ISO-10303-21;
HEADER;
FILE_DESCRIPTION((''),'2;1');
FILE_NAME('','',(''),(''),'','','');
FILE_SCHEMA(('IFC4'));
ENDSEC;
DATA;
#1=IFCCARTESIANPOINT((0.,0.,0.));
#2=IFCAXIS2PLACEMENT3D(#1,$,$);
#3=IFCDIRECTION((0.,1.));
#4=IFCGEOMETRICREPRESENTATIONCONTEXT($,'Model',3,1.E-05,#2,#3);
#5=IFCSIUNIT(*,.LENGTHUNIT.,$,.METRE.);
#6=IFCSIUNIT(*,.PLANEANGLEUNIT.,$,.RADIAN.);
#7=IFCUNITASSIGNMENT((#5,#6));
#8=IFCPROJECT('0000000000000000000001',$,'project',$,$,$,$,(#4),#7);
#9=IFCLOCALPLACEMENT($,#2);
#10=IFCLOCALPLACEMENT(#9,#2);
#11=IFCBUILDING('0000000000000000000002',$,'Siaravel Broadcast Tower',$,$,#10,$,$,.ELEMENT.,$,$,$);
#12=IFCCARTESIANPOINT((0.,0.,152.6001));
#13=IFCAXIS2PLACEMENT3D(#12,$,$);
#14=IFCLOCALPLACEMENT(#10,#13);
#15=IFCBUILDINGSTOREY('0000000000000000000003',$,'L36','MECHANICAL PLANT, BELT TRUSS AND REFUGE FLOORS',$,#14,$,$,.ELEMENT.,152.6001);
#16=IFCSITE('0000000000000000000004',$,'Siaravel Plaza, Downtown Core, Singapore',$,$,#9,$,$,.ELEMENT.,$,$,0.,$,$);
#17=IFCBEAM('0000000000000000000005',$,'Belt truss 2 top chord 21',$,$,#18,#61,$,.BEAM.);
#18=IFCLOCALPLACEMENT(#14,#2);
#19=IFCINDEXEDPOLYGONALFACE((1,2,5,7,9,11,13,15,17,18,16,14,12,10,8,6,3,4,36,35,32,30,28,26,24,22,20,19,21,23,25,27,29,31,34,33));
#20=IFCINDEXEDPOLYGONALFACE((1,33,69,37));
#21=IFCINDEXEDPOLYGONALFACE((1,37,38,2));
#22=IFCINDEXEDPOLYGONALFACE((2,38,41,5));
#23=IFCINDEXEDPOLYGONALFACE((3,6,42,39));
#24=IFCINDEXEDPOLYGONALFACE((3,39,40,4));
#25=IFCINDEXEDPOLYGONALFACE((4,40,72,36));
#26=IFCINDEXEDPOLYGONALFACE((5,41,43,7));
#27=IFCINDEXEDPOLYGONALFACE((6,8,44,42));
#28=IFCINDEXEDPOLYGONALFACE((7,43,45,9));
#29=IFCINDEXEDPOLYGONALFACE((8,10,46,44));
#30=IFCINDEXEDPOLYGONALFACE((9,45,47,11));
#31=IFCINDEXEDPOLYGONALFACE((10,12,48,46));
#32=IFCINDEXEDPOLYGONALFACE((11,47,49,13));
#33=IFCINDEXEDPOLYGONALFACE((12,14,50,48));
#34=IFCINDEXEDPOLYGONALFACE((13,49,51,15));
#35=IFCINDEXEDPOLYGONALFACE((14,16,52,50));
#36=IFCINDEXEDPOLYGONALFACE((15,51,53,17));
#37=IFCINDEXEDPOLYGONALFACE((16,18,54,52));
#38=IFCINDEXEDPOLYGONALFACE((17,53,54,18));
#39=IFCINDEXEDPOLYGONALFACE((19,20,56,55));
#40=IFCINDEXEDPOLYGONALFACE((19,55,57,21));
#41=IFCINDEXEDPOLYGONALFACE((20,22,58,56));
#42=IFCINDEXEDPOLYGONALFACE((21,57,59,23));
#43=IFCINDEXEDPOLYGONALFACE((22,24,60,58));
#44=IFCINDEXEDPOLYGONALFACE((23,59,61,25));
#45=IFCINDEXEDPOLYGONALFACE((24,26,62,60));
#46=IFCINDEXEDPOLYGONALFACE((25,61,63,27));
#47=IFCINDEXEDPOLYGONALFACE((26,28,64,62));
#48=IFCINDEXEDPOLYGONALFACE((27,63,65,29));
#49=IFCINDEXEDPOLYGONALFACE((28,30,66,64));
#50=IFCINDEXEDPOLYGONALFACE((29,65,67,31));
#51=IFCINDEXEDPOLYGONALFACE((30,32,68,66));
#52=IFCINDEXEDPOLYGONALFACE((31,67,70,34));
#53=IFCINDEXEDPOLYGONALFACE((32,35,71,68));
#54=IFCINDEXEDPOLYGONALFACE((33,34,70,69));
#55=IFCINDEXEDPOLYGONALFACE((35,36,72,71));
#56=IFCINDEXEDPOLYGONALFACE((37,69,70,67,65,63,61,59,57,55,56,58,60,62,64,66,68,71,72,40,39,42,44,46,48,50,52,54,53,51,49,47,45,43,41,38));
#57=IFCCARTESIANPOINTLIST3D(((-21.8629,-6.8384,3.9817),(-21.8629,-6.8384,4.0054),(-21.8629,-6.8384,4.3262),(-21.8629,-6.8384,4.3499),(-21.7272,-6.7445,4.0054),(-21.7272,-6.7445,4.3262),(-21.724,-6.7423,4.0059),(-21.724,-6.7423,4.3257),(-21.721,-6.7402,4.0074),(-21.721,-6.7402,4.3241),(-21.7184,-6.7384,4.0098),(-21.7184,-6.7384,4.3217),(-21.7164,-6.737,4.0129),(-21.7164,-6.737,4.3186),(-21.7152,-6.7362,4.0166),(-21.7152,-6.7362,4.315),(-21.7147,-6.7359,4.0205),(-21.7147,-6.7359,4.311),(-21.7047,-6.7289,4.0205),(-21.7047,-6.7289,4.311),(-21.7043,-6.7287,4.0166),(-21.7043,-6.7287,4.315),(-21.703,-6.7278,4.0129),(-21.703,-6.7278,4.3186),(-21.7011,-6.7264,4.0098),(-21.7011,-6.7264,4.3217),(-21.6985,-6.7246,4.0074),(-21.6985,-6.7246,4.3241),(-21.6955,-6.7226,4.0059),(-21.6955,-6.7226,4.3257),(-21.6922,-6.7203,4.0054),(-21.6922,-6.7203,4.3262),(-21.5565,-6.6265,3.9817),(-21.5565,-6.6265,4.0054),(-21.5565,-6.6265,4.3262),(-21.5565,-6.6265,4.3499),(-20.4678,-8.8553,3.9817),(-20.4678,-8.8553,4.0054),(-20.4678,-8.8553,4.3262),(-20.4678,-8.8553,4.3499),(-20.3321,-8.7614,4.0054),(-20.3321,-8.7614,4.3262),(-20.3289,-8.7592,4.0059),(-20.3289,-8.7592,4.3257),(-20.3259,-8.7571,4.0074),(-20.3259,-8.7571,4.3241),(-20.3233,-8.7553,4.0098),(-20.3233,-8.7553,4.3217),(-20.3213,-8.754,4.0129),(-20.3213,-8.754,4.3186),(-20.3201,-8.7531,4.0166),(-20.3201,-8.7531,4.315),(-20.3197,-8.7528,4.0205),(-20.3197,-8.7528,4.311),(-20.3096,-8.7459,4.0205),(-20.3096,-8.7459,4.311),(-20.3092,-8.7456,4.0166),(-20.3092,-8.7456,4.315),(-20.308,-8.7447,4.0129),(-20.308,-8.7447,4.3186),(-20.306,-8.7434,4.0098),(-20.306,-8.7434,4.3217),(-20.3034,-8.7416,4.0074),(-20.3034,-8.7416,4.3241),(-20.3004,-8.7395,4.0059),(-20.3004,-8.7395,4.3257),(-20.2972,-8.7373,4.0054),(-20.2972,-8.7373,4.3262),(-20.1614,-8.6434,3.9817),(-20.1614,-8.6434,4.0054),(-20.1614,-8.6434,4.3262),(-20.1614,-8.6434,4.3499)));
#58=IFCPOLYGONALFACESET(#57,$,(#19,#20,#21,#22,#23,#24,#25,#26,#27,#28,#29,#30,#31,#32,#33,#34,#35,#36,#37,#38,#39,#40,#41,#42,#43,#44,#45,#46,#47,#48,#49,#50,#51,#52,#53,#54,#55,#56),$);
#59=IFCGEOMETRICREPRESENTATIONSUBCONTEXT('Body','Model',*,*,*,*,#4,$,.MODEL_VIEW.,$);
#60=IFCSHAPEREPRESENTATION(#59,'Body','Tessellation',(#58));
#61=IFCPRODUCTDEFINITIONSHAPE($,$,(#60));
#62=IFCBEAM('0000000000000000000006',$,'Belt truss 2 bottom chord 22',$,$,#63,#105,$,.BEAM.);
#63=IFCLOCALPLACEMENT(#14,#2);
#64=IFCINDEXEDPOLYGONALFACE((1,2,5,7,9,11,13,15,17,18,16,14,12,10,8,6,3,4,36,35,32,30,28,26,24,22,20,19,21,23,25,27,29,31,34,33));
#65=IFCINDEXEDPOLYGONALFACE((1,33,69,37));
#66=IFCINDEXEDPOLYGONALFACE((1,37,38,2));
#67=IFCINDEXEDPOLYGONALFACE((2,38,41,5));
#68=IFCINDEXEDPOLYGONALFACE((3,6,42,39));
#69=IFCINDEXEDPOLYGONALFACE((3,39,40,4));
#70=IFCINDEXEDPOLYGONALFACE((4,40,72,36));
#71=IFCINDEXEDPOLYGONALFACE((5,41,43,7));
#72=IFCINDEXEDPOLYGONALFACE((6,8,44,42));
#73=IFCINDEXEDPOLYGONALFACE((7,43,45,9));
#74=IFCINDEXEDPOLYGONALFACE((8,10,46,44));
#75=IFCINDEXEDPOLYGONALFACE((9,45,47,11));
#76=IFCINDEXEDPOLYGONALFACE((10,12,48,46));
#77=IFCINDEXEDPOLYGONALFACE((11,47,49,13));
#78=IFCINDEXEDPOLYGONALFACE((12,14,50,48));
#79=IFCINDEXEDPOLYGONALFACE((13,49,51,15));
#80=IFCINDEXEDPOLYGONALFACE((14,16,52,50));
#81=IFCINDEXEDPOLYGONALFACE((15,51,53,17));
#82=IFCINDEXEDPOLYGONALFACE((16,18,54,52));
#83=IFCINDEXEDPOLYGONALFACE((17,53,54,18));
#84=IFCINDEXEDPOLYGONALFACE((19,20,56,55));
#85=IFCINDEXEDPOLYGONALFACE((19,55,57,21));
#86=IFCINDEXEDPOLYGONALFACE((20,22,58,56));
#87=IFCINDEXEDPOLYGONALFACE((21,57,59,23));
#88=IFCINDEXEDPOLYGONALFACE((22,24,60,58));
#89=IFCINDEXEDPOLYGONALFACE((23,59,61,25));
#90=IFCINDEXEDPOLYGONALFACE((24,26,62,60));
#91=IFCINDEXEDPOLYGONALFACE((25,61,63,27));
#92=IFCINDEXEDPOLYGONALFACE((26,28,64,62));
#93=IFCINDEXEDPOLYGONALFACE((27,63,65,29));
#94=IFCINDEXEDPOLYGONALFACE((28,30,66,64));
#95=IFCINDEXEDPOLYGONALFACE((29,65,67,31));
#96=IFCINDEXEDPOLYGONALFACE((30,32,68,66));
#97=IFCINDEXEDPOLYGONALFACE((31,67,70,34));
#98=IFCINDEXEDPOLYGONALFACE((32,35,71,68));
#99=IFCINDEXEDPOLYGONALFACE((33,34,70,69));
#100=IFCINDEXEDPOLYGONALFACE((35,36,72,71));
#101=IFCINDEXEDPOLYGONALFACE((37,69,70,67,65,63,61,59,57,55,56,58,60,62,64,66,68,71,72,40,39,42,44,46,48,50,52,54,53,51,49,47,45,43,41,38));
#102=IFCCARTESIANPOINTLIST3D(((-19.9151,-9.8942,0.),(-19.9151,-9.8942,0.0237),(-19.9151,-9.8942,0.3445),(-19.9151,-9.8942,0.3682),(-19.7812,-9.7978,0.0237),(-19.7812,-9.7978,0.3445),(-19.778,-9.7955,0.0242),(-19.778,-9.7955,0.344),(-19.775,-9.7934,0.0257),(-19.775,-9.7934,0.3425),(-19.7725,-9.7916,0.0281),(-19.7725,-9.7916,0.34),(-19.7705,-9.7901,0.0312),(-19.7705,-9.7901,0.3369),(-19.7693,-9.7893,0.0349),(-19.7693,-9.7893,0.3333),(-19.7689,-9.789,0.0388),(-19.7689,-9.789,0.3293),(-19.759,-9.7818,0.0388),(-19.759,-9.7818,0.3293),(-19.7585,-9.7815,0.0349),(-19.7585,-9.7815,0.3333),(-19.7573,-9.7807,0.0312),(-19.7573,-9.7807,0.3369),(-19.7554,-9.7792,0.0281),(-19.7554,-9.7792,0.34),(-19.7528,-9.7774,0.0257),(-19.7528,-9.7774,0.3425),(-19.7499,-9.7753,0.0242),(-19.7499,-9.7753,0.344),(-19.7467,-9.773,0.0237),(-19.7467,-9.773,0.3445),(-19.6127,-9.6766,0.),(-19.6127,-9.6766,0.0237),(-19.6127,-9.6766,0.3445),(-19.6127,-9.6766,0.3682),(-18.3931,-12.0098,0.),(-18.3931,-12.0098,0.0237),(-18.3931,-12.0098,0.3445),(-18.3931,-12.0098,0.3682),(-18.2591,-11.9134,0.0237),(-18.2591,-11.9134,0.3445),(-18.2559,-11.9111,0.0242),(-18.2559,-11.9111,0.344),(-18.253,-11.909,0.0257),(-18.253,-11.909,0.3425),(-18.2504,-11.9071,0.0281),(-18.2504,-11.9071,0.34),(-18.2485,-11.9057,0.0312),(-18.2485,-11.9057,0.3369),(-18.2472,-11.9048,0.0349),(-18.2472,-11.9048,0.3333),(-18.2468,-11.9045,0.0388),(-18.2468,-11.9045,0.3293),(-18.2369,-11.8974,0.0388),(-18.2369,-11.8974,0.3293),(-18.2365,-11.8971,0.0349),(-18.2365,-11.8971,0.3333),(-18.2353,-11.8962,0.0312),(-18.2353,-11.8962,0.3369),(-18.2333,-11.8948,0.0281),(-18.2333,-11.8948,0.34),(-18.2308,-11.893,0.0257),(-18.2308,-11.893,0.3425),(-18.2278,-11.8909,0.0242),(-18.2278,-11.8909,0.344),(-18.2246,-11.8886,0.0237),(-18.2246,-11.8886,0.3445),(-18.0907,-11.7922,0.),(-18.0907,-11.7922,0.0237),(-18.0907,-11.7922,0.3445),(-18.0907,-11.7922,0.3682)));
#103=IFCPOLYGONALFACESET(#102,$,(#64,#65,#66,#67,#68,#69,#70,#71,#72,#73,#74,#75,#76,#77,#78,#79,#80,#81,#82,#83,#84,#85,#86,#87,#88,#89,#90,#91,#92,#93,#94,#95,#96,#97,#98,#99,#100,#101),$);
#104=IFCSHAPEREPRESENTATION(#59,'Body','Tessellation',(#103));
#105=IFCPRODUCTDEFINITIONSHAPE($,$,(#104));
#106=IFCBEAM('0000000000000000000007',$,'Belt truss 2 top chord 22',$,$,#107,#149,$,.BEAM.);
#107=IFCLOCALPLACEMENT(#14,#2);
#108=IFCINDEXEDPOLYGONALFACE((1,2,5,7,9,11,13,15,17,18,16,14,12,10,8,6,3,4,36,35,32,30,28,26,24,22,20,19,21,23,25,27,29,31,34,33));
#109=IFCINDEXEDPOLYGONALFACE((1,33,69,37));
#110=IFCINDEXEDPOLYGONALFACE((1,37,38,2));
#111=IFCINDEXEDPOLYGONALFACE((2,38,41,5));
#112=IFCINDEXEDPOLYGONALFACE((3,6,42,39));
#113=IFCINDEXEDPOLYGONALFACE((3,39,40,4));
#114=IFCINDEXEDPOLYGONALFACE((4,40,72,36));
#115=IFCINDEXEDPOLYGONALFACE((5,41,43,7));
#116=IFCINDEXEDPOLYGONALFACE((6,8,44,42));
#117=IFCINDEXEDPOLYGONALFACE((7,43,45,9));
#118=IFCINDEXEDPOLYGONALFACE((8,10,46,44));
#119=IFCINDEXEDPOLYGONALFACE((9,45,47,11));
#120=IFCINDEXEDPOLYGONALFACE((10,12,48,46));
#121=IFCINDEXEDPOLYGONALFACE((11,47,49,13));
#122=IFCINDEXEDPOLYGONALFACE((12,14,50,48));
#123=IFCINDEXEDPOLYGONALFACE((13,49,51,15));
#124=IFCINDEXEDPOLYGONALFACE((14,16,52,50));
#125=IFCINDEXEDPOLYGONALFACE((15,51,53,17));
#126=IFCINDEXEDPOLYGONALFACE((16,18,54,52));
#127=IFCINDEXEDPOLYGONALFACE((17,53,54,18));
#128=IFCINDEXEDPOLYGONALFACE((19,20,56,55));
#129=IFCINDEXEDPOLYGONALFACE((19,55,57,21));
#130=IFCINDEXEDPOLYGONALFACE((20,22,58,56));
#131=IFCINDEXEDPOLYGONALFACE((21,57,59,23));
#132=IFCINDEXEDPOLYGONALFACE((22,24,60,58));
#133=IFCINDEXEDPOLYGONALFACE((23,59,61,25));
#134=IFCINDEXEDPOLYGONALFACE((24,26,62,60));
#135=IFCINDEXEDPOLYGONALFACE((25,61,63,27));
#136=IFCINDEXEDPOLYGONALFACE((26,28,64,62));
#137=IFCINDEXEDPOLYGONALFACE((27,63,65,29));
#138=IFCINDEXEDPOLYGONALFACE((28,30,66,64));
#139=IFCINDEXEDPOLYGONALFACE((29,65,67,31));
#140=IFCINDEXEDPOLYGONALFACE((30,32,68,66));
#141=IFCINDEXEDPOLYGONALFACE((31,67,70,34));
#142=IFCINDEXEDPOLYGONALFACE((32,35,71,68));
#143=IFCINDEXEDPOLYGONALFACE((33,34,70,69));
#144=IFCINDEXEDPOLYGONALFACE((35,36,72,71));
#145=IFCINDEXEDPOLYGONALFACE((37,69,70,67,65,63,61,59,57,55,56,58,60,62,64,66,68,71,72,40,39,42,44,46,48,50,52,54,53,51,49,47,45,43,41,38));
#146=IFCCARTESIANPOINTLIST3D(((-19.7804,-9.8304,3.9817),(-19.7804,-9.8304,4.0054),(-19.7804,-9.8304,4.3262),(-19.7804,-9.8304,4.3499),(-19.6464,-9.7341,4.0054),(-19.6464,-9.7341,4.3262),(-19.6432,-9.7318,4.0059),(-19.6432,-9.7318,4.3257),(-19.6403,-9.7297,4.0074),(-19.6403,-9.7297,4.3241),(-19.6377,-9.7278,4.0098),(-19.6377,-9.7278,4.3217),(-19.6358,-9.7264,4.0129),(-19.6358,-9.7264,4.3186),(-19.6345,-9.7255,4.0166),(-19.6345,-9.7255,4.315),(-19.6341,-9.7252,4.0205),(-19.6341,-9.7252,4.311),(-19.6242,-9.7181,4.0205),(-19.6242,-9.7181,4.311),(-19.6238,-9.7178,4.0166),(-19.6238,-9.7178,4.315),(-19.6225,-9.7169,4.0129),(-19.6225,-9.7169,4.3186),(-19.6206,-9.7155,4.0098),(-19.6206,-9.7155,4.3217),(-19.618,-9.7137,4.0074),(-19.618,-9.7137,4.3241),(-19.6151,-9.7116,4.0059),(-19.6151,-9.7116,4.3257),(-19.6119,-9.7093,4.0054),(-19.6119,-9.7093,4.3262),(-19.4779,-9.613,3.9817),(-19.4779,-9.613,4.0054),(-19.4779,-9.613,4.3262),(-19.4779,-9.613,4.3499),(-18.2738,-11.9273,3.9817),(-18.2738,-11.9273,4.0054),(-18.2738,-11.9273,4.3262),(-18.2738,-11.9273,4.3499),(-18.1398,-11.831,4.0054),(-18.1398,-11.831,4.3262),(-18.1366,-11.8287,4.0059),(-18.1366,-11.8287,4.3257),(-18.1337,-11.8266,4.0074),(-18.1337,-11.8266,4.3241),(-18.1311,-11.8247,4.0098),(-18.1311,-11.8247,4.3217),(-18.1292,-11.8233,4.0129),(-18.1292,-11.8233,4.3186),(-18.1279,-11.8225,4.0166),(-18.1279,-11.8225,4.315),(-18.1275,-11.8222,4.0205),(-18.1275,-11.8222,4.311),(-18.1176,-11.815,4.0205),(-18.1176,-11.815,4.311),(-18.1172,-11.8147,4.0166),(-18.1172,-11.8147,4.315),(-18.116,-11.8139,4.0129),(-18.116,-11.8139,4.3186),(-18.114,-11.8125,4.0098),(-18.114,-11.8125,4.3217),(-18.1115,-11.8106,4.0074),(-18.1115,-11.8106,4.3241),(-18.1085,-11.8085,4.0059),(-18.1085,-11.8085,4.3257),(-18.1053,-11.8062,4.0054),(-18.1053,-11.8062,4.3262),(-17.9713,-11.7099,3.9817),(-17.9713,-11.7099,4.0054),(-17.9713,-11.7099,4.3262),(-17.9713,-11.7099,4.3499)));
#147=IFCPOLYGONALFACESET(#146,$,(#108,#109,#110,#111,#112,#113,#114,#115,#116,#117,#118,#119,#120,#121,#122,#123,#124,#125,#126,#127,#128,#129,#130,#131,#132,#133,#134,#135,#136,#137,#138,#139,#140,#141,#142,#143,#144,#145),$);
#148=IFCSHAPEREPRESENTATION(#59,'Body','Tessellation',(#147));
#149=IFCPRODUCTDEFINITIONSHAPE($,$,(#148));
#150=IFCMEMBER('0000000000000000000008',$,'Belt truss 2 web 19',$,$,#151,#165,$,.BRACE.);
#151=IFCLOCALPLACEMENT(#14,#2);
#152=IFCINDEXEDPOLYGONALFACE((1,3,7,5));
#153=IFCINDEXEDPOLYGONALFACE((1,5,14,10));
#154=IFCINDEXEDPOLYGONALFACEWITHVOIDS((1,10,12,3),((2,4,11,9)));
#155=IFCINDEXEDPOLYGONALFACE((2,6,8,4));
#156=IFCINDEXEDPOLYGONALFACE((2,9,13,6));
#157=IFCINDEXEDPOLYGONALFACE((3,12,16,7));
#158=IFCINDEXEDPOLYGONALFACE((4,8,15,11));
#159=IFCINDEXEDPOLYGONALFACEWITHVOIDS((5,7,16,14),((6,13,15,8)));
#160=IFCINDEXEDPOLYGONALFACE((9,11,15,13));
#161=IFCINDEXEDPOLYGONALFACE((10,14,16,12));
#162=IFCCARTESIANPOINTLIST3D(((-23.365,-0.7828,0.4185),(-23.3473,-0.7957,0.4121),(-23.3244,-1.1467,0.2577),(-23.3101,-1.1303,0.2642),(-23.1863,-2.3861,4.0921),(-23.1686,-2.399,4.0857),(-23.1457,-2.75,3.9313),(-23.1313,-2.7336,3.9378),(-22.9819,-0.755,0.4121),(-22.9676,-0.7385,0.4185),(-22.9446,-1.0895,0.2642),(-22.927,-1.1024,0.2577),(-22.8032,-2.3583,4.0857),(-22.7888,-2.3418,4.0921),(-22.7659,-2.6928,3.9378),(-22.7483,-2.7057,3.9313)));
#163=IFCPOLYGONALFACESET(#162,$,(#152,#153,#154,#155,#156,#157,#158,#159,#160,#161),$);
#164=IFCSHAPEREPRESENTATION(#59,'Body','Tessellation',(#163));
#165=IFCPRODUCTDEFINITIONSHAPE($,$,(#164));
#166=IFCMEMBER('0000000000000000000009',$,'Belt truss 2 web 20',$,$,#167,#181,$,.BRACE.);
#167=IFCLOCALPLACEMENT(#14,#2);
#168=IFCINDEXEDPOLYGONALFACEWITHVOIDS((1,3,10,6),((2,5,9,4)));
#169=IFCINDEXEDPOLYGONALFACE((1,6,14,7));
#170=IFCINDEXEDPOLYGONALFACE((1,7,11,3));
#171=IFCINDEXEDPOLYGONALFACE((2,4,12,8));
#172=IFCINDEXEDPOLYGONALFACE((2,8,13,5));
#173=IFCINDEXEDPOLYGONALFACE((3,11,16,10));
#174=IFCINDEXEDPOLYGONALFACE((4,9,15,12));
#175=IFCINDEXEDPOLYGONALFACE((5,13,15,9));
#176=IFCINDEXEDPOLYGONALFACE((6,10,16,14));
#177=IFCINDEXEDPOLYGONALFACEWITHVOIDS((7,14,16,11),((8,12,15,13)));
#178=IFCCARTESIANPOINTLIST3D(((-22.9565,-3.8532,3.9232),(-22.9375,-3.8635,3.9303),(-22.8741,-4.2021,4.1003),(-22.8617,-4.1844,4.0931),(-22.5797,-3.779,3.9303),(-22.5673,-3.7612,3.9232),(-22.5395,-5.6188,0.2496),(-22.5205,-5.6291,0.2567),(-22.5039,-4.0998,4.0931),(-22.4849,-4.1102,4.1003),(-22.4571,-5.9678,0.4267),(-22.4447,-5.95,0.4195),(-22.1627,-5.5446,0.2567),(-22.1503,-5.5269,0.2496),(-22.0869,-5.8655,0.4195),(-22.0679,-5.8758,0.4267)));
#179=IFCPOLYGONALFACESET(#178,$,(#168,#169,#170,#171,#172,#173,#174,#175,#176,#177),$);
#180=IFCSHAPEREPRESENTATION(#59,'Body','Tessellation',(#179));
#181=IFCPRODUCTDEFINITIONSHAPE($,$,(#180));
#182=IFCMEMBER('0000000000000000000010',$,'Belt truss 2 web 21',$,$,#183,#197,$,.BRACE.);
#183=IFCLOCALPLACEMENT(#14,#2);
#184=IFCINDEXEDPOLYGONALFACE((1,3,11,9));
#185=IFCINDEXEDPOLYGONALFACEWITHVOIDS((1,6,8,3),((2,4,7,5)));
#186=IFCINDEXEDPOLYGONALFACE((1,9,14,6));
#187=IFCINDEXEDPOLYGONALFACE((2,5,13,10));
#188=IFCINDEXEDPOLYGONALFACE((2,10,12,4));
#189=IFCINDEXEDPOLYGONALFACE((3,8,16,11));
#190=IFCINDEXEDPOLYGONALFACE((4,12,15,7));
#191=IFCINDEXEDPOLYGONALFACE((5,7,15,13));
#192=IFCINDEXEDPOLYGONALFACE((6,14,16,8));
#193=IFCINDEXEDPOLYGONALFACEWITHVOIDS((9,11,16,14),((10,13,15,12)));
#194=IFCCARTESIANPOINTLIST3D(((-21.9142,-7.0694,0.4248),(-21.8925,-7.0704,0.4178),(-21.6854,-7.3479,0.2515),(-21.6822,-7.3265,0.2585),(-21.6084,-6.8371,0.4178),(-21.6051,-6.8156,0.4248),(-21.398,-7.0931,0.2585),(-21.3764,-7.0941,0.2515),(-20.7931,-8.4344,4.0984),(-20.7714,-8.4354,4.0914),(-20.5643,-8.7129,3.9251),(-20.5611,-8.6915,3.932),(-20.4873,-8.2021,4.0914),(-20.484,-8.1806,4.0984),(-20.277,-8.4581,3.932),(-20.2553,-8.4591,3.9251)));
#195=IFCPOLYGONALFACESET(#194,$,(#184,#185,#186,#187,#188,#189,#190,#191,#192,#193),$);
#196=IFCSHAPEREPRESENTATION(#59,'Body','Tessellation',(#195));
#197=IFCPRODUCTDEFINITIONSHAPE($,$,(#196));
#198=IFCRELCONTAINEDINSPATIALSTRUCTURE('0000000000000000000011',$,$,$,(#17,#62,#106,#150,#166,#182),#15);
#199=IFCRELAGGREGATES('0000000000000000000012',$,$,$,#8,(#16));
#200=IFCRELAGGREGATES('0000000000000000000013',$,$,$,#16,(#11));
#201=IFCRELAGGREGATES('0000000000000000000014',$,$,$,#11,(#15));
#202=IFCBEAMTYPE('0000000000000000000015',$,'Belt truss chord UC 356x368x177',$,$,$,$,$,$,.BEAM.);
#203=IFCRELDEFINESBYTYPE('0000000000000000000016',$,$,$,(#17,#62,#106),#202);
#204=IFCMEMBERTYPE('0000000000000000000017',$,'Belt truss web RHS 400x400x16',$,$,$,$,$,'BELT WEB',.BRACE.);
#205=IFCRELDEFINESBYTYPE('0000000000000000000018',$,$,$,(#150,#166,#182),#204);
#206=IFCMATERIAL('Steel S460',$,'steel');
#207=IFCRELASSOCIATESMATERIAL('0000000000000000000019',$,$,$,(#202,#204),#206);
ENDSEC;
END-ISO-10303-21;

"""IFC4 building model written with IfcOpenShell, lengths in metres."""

from ifc_helpers import new_model, si_unit, direction, frame, origin, origin_2d, place, context, subcontext, project, spatial, hollow_rectangle, i_section, extrude, material, material_profile, profile_set, type_object, element, save


model = new_model("IFC4")

# Units and contexts
model_context = context("Model", 3, precision=1e-05, world=origin(), true_north=direction((0.0, 1.0)))
body_context = subcontext(model_context, "Body", "Model", "MODEL_VIEW")
ifc_project = project(units=[si_unit("LENGTHUNIT", "METRE"), si_unit("PLANEANGLEUNIT", "RADIAN")], contexts=[model_context])

# Site, building, storey
site_placement = place(None, origin())
site = spatial("IfcSite", under=ifc_project, at=site_placement, Name="Siaravel Plaza, Downtown Core, Singapore", CompositionType="ELEMENT", RefElevation=0.0)
building_placement = place(site_placement, origin())
building = spatial("IfcBuilding", under=site, at=building_placement, Name="Siaravel Broadcast Tower", CompositionType="ELEMENT")
storey_placement = place(building_placement, frame((0.0, 0.0, 152.6001)))
storey = spatial("IfcBuildingStorey", under=building, at=storey_placement, Name="L36", Description="MECHANICAL PLANT, BELT TRUSS AND REFUGE FLOORS", CompositionType="ELEMENT", Elevation=152.6001)

# Beams
ifc_material_1 = material(Name="Steel S460", Category="steel")
ifc_material_profile_1 = material_profile(ifc_material_1, i_section(OverallWidth=0.3726, OverallDepth=0.3682, WebThickness=0.0122, FlangeThickness=0.0237, FilletRadius=0.0151, at=origin_2d()))
ifc_profile_set_1 = profile_set([ifc_material_profile_1], Name="Steel S460")
beam_type_1 = type_object("IfcBeamType", Name="Belt truss chord UC 356x368x177", PredefinedType="BEAM", material=ifc_profile_set_1)
beam_1_placement = place(storey_placement, frame((-21.7097, -6.7324, 4.1658), z_axis=(0.568863, -0.822432, 0.0), x_axis=(0.822432, 0.568863, 0.0)))
element("IfcBeam", 1, at=beam_1_placement, inside=storey, type_object=beam_type_1, Name="Belt truss 2 top chord 21", PredefinedType="BEAM", context=body_context, shape_type="SweptSolid", body=[
    extrude(i_section(OverallWidth=0.3726, OverallDepth=0.3682, WebThickness=0.0122, FlangeThickness=0.0237, FilletRadius=0.0151, at=origin_2d()), origin(), (0.0, 0.0, 1.0), 2.4524),
])
beam_2_placement = place(storey_placement, frame((-19.7639, -9.7854, 0.1841), z_axis=(0.584009, -0.811748, 0.0), x_axis=(0.811748, 0.584009, 0.0)))
element("IfcBeam", 2, at=beam_2_placement, inside=storey, type_object=beam_type_1, Name="Belt truss 2 bottom chord 22", PredefinedType="BEAM", context=body_context, shape_type="SweptSolid", body=[
    extrude(i_section(OverallWidth=0.3726, OverallDepth=0.3682, WebThickness=0.0122, FlangeThickness=0.0237, FilletRadius=0.0151, at=origin_2d()), origin(), (0.0, 0.0, 1.0), 2.6062),
])
beam_3_placement = place(storey_placement, frame((-19.6292, -9.7217, 4.1658), z_axis=(0.58349, -0.81212, 0.0), x_axis=(0.81212, 0.58349, 0.0)))
element("IfcBeam", 3, at=beam_3_placement, inside=storey, type_object=beam_type_1, Name="Belt truss 2 top chord 22", PredefinedType="BEAM", context=body_context, shape_type="SweptSolid", body=[
    extrude(i_section(OverallWidth=0.3726, OverallDepth=0.3682, WebThickness=0.0122, FlangeThickness=0.0237, FilletRadius=0.0151, at=origin_2d()), origin(), (0.0, 0.0, 1.0), 2.582),
])

# Members
ifc_material_profile_2 = material_profile(ifc_material_1, hollow_rectangle(XDim=0.3999, YDim=0.3999, WallThickness=0.0161, at=origin_2d()))
ifc_profile_set_2 = profile_set([ifc_material_profile_2], Name="Steel S460")
member_type_1 = type_object("IfcMemberType", Name="Belt truss web RHS 400x400x16", ElementType="BELT WEB", PredefinedType="BRACE", material=ifc_profile_set_2)
member_1_placement = place(storey_placement, frame((-23.146, -0.9426, 0.3381), z_axis=(0.044542, -0.3996, 0.915607), x_axis=(0.993845, 0.11078, 0.0)))
element("IfcMember", 4, at=member_1_placement, inside=storey, type_object=member_type_1, Name="Belt truss 2 web 19", PredefinedType="BRACE", context=body_context, shape_type="SweptSolid", body=[
    extrude(hollow_rectangle(XDim=0.3999, YDim=0.3999, WallThickness=0.0161, at=origin_2d()), origin(), (0.0, 0.0, 1.0), 4.0122),
])
member_2_placement = place(storey_placement, frame((-22.3037, -5.7473, 0.3381), z_axis=(-0.101776, 0.430941, 0.896622), x_axis=(-0.973226, -0.229849, 0.0)))
element("IfcMember", 5, at=member_2_placement, inside=storey, type_object=member_type_1, Name="Belt truss 2 web 20", PredefinedType="BRACE", context=body_context, shape_type="SweptSolid", body=[
    extrude(hollow_rectangle(XDim=0.3999, YDim=0.3999, WallThickness=0.0161, at=origin_2d()), origin(), (0.0, 0.0, 1.0), 4.0972),
])
member_3_placement = place(storey_placement, frame((-21.6453, -7.0818, 0.3381), z_axis=(0.275035, -0.33487, 0.901231), x_axis=(0.772767, 0.634689, 0.0)))
element("IfcMember", 6, at=member_3_placement, inside=storey, type_object=member_type_1, Name="Belt truss 2 web 21", PredefinedType="BRACE", context=body_context, shape_type="SweptSolid", body=[
    extrude(hollow_rectangle(XDim=0.3999, YDim=0.3999, WallThickness=0.0161, at=origin_2d()), origin(), (0.0, 0.0, 1.0), 4.0762),
])

save(model, "model.ifc")
